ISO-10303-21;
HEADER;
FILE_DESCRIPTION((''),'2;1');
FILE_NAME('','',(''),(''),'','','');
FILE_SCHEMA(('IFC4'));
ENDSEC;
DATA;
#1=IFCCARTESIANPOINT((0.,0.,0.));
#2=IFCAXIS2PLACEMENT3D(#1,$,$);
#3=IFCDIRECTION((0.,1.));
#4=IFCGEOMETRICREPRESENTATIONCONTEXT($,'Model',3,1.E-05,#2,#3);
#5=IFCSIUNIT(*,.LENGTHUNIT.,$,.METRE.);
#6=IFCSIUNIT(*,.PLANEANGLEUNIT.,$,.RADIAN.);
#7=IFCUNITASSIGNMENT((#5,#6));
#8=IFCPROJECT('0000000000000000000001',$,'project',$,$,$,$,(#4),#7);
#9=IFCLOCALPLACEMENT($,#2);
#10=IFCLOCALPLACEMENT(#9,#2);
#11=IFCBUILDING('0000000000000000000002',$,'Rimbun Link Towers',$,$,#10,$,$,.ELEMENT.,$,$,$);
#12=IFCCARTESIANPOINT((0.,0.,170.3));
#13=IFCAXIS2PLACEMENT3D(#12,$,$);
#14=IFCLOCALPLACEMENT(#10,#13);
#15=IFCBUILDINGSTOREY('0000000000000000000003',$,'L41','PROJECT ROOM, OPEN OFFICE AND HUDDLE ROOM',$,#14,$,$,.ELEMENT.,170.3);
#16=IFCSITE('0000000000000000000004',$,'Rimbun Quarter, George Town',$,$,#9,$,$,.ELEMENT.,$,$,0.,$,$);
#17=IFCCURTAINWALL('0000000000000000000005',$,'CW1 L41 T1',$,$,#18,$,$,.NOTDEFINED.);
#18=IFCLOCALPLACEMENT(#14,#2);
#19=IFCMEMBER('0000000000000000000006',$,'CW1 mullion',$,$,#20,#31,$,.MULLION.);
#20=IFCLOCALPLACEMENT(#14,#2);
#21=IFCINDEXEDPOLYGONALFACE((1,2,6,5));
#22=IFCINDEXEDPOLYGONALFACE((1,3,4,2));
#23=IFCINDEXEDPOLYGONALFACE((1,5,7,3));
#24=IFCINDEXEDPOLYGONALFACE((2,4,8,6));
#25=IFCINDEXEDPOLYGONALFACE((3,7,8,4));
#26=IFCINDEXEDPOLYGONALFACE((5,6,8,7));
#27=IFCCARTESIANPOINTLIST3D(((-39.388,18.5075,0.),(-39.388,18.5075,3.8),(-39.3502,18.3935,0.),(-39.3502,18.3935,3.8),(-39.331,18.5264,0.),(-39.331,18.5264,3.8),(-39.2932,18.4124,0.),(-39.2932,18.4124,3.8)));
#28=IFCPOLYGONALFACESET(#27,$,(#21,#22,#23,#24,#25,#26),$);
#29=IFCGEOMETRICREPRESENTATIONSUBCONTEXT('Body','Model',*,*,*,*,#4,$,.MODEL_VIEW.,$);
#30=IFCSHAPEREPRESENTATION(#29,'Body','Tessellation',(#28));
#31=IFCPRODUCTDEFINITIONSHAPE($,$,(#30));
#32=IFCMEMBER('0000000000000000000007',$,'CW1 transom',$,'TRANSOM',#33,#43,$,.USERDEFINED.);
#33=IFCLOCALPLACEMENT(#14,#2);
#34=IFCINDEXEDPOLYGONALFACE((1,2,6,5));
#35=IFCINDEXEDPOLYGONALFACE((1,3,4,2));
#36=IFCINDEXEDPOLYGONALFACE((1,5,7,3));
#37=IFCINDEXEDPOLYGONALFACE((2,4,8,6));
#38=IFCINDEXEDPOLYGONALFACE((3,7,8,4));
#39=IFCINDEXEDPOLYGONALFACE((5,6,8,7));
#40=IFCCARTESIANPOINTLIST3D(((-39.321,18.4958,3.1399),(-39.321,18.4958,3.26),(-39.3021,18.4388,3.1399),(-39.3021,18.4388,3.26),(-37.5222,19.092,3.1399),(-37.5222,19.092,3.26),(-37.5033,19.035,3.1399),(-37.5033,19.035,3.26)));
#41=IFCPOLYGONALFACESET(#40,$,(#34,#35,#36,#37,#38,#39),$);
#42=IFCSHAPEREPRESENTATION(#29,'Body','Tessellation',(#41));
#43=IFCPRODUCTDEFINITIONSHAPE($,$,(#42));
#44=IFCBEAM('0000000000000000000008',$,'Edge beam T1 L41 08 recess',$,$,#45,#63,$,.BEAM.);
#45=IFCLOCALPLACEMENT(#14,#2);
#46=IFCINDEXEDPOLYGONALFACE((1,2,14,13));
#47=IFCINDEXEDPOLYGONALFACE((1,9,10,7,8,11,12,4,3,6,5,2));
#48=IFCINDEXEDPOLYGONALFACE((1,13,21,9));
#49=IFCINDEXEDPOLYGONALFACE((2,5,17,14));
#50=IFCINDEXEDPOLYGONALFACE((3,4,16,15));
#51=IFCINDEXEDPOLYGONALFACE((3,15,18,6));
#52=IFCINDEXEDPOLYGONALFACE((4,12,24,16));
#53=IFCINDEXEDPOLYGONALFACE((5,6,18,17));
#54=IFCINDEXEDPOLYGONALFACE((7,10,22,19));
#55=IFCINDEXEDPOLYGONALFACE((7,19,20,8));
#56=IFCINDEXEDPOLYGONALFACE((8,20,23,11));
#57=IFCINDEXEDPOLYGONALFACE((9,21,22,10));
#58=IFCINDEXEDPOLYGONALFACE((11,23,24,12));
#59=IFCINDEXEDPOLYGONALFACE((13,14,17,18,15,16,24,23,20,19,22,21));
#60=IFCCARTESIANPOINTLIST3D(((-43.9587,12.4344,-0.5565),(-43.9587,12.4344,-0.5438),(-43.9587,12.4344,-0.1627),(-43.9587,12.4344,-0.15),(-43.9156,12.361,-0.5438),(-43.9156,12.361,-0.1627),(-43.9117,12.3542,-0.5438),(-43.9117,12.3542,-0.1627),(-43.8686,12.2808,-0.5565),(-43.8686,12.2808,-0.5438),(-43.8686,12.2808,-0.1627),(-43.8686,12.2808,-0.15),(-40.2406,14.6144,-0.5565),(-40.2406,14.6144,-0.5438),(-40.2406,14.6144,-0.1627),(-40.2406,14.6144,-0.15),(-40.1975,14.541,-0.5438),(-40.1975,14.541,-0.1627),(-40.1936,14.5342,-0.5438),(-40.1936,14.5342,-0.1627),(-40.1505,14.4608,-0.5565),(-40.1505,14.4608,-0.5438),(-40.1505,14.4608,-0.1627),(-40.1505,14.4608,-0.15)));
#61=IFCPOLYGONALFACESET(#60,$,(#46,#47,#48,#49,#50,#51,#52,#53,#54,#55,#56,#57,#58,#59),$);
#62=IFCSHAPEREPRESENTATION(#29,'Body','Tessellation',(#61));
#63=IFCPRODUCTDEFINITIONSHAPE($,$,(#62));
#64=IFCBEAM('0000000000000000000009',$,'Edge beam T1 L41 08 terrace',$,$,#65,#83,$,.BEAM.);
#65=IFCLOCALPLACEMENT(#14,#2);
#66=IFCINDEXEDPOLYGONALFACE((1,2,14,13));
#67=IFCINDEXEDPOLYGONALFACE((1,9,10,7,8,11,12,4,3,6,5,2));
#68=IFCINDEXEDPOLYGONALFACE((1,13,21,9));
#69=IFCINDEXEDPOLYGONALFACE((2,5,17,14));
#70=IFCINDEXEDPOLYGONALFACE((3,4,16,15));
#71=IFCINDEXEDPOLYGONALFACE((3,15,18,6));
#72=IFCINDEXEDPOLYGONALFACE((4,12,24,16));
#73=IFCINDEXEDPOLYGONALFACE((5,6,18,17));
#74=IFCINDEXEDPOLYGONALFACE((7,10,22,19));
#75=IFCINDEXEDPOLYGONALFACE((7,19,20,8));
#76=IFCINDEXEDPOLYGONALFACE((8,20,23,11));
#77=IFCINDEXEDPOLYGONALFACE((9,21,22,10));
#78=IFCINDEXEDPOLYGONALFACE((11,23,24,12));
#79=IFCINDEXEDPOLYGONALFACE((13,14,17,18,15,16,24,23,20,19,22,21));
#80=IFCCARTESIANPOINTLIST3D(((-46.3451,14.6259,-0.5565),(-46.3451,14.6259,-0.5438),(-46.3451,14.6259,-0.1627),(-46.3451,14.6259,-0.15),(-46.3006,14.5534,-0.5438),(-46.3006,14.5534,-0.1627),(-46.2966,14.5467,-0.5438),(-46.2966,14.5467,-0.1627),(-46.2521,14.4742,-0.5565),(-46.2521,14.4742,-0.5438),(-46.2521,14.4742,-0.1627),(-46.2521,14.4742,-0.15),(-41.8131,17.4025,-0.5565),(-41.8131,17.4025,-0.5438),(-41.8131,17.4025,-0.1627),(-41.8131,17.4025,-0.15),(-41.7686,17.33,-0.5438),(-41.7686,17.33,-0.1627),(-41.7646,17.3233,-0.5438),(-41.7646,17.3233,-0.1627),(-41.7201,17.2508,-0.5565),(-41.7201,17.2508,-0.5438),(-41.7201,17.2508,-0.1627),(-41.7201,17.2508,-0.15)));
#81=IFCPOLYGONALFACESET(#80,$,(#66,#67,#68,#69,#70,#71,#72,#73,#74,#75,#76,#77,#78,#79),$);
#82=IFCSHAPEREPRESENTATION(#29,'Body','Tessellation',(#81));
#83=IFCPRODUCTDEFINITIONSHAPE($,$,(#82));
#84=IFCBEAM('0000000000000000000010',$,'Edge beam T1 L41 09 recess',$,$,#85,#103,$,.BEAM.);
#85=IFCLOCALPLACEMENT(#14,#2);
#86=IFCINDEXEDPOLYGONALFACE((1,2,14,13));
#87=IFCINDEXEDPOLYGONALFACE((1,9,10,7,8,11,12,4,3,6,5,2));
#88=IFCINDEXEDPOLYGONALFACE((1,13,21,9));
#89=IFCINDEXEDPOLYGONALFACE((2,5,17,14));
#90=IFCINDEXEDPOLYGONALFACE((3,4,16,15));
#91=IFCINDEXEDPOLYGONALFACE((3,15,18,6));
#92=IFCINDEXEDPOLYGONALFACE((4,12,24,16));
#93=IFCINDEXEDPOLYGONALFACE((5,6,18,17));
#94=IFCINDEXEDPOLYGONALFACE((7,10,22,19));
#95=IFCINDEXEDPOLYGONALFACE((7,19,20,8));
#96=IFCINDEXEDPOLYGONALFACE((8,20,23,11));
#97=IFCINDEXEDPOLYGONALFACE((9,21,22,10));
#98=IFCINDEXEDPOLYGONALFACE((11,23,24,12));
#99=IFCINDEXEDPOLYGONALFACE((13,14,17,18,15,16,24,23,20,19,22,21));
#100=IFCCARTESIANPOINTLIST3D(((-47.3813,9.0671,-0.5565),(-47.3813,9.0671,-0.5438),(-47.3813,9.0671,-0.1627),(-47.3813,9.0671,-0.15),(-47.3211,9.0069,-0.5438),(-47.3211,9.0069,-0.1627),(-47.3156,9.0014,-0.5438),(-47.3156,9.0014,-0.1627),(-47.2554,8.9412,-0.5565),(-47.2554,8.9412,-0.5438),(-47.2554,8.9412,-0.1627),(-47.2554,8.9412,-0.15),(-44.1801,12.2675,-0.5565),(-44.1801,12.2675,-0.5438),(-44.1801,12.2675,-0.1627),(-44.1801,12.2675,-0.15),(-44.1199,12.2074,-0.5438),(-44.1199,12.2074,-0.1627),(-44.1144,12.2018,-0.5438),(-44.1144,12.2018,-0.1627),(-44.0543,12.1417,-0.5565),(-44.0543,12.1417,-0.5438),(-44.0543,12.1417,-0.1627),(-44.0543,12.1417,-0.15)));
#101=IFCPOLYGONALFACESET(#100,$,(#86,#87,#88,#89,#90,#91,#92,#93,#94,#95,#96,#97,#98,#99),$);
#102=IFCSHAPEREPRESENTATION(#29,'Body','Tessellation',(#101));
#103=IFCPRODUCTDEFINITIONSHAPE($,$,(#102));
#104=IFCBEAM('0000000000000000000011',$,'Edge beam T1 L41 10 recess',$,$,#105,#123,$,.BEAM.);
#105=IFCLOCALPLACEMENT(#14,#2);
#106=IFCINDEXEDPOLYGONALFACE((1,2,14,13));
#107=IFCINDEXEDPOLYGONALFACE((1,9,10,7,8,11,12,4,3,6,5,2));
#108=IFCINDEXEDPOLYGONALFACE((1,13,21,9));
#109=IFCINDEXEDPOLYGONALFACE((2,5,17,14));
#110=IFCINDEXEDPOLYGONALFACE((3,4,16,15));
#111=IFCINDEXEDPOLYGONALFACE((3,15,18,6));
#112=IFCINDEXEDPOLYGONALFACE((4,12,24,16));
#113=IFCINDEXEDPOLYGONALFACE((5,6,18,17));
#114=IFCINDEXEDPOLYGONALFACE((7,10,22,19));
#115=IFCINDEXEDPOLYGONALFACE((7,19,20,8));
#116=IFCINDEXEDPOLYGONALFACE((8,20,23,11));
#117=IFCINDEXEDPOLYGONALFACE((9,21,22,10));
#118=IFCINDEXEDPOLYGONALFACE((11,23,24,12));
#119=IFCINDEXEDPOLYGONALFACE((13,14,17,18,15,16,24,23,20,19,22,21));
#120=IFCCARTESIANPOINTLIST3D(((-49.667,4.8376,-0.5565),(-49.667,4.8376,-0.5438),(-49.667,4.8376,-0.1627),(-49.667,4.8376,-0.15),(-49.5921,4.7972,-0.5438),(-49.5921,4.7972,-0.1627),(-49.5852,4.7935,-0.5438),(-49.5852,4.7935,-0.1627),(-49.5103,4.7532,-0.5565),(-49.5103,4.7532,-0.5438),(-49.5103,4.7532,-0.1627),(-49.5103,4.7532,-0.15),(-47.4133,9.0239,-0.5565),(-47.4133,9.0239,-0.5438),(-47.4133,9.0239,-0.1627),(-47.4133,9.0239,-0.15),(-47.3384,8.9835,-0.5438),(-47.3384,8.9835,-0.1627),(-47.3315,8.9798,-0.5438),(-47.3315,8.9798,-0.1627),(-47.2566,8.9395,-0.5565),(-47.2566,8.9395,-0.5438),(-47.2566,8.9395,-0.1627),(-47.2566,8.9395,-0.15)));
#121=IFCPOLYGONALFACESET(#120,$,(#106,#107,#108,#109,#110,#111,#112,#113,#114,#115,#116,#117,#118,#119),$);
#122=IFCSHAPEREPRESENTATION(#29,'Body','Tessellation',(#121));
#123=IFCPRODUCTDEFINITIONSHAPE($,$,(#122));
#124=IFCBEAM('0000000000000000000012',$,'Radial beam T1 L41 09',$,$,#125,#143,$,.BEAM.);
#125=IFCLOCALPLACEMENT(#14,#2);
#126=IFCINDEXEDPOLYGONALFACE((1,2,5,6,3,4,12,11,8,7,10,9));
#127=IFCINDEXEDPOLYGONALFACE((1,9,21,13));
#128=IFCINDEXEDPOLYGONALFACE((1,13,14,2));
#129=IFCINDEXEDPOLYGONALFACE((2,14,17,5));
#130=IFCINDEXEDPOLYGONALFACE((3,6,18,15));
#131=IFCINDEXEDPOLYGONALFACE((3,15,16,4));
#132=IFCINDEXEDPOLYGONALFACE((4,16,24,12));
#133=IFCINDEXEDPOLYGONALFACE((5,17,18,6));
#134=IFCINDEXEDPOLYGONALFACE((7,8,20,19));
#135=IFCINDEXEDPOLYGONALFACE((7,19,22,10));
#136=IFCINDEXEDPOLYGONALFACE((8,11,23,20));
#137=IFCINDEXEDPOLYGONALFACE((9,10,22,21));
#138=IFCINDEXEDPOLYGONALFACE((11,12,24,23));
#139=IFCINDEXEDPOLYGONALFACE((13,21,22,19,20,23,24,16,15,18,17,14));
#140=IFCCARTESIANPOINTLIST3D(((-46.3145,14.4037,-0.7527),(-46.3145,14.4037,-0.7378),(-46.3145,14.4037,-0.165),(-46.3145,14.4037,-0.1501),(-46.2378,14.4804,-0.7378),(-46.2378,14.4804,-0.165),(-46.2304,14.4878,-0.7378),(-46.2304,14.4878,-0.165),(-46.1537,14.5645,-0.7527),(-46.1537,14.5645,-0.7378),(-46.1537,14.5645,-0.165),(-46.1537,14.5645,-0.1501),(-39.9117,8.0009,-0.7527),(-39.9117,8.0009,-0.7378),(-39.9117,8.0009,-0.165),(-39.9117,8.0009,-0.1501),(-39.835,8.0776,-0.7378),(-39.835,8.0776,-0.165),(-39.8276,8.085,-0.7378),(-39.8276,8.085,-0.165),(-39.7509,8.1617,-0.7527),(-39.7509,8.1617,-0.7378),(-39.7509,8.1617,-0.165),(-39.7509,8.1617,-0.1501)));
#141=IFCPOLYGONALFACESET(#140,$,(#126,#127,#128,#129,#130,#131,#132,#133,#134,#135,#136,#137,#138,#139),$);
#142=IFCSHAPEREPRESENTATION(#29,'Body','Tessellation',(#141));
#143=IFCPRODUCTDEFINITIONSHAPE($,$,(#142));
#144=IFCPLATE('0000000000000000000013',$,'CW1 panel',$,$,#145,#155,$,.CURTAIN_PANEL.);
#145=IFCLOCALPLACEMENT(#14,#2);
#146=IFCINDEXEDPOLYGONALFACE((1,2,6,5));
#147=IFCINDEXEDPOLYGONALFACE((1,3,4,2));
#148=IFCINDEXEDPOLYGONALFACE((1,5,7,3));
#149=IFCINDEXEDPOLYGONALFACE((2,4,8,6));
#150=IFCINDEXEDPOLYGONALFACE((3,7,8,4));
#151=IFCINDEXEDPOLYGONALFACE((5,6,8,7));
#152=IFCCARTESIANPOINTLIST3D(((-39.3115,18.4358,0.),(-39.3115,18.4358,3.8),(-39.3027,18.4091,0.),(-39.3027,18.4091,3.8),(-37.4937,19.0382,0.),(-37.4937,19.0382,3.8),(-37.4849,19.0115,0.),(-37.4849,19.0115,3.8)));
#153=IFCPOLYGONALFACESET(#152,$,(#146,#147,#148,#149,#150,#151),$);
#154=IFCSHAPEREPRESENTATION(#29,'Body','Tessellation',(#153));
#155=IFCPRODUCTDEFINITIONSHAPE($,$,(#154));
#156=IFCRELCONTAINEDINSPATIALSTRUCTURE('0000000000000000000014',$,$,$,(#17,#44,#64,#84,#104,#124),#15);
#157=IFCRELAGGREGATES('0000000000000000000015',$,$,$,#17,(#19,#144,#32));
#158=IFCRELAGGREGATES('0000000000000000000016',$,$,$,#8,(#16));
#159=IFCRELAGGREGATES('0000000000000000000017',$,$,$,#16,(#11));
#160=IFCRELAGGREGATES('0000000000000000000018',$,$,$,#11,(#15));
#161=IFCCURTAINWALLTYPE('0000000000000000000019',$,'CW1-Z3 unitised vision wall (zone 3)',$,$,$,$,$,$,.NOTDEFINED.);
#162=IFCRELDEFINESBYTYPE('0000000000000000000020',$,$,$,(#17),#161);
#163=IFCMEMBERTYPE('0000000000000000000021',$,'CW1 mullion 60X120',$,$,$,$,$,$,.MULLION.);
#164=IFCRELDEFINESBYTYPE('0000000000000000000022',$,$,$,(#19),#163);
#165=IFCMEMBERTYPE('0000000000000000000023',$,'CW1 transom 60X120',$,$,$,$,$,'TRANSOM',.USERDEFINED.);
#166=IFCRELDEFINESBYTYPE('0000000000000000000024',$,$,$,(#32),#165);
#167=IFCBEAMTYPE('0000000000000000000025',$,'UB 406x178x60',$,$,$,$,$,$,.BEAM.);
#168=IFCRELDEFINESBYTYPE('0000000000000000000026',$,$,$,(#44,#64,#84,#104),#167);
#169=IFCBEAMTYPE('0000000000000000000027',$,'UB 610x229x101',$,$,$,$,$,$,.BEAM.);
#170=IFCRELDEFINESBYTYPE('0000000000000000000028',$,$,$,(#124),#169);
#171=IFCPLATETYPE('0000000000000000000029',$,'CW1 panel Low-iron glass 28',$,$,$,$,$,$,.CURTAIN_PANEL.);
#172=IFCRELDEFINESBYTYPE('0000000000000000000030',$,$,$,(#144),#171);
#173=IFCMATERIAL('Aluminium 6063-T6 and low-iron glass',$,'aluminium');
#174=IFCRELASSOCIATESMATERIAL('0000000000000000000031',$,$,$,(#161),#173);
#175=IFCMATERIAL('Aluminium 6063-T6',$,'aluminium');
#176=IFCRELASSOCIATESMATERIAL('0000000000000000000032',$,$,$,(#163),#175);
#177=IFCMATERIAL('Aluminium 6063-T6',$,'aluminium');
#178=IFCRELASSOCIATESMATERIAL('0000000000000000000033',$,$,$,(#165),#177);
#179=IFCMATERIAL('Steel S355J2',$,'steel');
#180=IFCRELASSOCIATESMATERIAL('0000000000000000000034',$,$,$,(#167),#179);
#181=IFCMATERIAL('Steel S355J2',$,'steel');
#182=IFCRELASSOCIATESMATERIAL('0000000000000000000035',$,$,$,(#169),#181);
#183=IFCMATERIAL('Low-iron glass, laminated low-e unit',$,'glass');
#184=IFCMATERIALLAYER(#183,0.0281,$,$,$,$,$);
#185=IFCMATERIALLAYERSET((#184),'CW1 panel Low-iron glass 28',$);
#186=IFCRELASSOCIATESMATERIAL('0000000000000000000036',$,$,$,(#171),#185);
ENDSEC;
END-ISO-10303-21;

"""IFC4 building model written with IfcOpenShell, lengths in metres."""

from ifc_helpers import new_model, si_unit, direction, frame, origin, origin_2d, place, context, subcontext, project, spatial, rectangle, i_section, extrude, material, layer, layer_set, material_profile, profile_set, type_object, element, aggregate, save


model = new_model("IFC4")

# Units and contexts
model_context = context("Model", 3, precision=1e-05, world=origin(), true_north=direction((0.0, 1.0)))
body_context = subcontext(model_context, "Body", "Model", "MODEL_VIEW")
ifc_project = project(units=[si_unit("LENGTHUNIT", "METRE"), si_unit("PLANEANGLEUNIT", "RADIAN")], contexts=[model_context])

# Site, building, storey
site_placement = place(None, origin())
site = spatial("IfcSite", under=ifc_project, at=site_placement, Name="Rimbun Quarter, George Town", CompositionType="ELEMENT", RefElevation=0.0)
building_placement = place(site_placement, origin())
building = spatial("IfcBuilding", under=site, at=building_placement, Name="Rimbun Link Towers", CompositionType="ELEMENT")
storey_placement = place(building_placement, frame((0.0, 0.0, 170.3)))
storey = spatial("IfcBuildingStorey", under=building, at=storey_placement, Name="L41", Description="PROJECT ROOM, OPEN OFFICE AND HUDDLE ROOM", CompositionType="ELEMENT", Elevation=170.3)

# Curtain wall, members
ifc_material_1 = material(Name="Aluminium 6063-T6 and low-iron glass", Category="aluminium")
curtain_wall_type = type_object("IfcCurtainWallType", Name="CW1-Z3 unitised vision wall (zone 3)", PredefinedType="NOTDEFINED", material=ifc_material_1)
curtain_wall_placement = place(storey_placement, origin())
curtain_wall = element("IfcCurtainWall", 1, at=curtain_wall_placement, inside=storey, type_object=curtain_wall_type, Name="CW1 L41 T1", PredefinedType="NOTDEFINED")
ifc_material_2 = material(Name="Aluminium 6063-T6", Category="aluminium")
ifc_material_profile_1 = material_profile(ifc_material_2, rectangle(XDim=0.1201, YDim=0.0601, at=origin_2d()), Name="MULLION 60X120")
ifc_profile_set_1 = profile_set([ifc_material_profile_1], Name="Aluminium 6063-T6")
member_type_1 = type_object("IfcMemberType", Name="CW1 mullion 60X120", PredefinedType="MULLION", material=ifc_profile_set_1)
member_1_placement = place(storey_placement, frame((-39.3406, 18.46, 0.0), z_axis=(0.0, 0.0, 1.0), x_axis=(-0.31456, 0.949237, 0.0)))
member_1 = element("IfcMember", 2, at=member_1_placement, type_object=member_type_1, Name="CW1 mullion", PredefinedType="MULLION", context=body_context, shape_type="SweptSolid", body=[
    extrude(rectangle(XDim=0.1201, YDim=0.0601, at=origin_2d()), origin(), (0.0, 0.0, 1.0), 3.8),
])
ifc_material_3 = material(Name="Aluminium 6063-T6", Category="aluminium")
ifc_material_profile_2 = material_profile(ifc_material_3, rectangle(XDim=0.0601, YDim=0.1201, at=origin_2d()), Name="TRANSOM 60X120")
ifc_profile_set_2 = profile_set([ifc_material_profile_2], Name="Aluminium 6063-T6")
member_type_2 = type_object("IfcMemberType", Name="CW1 transom 60X120", ElementType="TRANSOM", PredefinedType="USERDEFINED", material=ifc_profile_set_2)
member_2_placement = place(storey_placement, frame((-39.3115, 18.4673, 3.2), z_axis=(0.949223, 0.314604, 0.0), x_axis=(-0.314604, 0.949223, 0.0)))
member_2 = element("IfcMember", 3, at=member_2_placement, type_object=member_type_2, Name="CW1 transom", ObjectType="TRANSOM", PredefinedType="USERDEFINED", context=body_context, shape_type="SweptSolid", body=[
    extrude(rectangle(XDim=0.0601, YDim=0.1201, at=origin_2d()), origin(), (0.0, 0.0, 1.0), 1.895),
])

# Beams
ifc_material_4 = material(Name="Steel S355J2", Category="steel")
ifc_material_profile_3 = material_profile(ifc_material_4, i_section(OverallWidth=0.178, OverallDepth=0.4065, WebThickness=0.0078, FlangeThickness=0.0127, at=origin_2d()), Name="UB 406x178x60")
ifc_profile_set_3 = profile_set([ifc_material_profile_3], Name="Steel S355J2")
beam_type_1 = type_object("IfcBeamType", Name="UB 406x178x60", PredefinedType="BEAM", material=ifc_profile_set_3)
beam_1_placement = place(storey_placement, frame((-40.1956, 14.5376, -0.3533), z_axis=(-0.862657, -0.505789, 0.0), x_axis=(0.505789, -0.862657, 0.0)))
element("IfcBeam", 4, at=beam_1_placement, inside=storey, type_object=beam_type_1, Name="Edge beam T1 L41 08 recess", PredefinedType="BEAM", context=body_context, shape_type="SweptSolid", body=[
    extrude(i_section(OverallWidth=0.178, OverallDepth=0.4065, WebThickness=0.0078, FlangeThickness=0.0127, at=origin_2d()), origin(), (0.0, 0.0, 1.0), 4.3101),
])
beam_2_placement = place(storey_placement, frame((-41.7666, 17.3267, -0.3533), z_axis=(-0.85269, -0.522418, 0.0), x_axis=(0.522418, -0.85269, 0.0)))
element("IfcBeam", 5, at=beam_2_placement, inside=storey, type_object=beam_type_1, Name="Edge beam T1 L41 08 terrace", PredefinedType="BEAM", context=body_context, shape_type="SweptSolid", body=[
    extrude(i_section(OverallWidth=0.178, OverallDepth=0.4065, WebThickness=0.0078, FlangeThickness=0.0127, at=origin_2d()), origin(), (0.0, 0.0, 1.0), 5.3149),
])
beam_3_placement = place(storey_placement, frame((-44.1172, 12.2046, -0.3533), z_axis=(-0.707188, -0.707026, 0.0), x_axis=(0.707026, -0.707188, 0.0)))
element("IfcBeam", 6, at=beam_3_placement, inside=storey, type_object=beam_type_1, Name="Edge beam T1 L41 09 recess", PredefinedType="BEAM", context=body_context, shape_type="SweptSolid", body=[
    extrude(i_section(OverallWidth=0.178, OverallDepth=0.4065, WebThickness=0.0078, FlangeThickness=0.0127, at=origin_2d()), origin(), (0.0, 0.0, 1.0), 4.5266),
])
beam_4_placement = place(storey_placement, frame((-47.335, 8.9817, -0.3533), z_axis=(-0.47402, -0.880514, 0.0), x_axis=(0.880514, -0.47402, 0.0)))
element("IfcBeam", 7, at=beam_4_placement, inside=storey, type_object=beam_type_1, Name="Edge beam T1 L41 10 recess", PredefinedType="BEAM", context=body_context, shape_type="SweptSolid", body=[
    extrude(i_section(OverallWidth=0.178, OverallDepth=0.4065, WebThickness=0.0078, FlangeThickness=0.0127, at=origin_2d()), origin(), (0.0, 0.0, 1.0), 4.7544),
])
ifc_material_5 = material(Name="Steel S355J2", Category="steel")
ifc_material_profile_4 = material_profile(ifc_material_5, i_section(OverallWidth=0.2275, OverallDepth=0.6025, WebThickness=0.0105, FlangeThickness=0.0149, at=origin_2d()), Name="UB 610x229x101")
ifc_profile_set_4 = profile_set([ifc_material_profile_4], Name="Steel S355J2")
beam_type_2 = type_object("IfcBeamType", Name="UB 610x229x101", PredefinedType="BEAM", material=ifc_profile_set_4)
beam_5_placement = place(storey_placement, frame((-39.8313, 8.0813, -0.4514), z_axis=(-0.707107, 0.707107, 0.0), x_axis=(-0.707107, -0.707107, 0.0)))
element("IfcBeam", 8, at=beam_5_placement, inside=storey, type_object=beam_type_2, Name="Radial beam T1 L41 09", PredefinedType="BEAM", context=body_context, shape_type="SweptSolid", body=[
    extrude(i_section(OverallWidth=0.2275, OverallDepth=0.6025, WebThickness=0.0105, FlangeThickness=0.0149, at=origin_2d()), origin(), (0.0, 0.0, 1.0), 9.0549),
])

# Plate
ifc_material_6 = material(Name="Low-iron glass, laminated low-e unit", Category="glass")
ifc_layer_1 = layer(ifc_material_6, 0.0281)
ifc_layer_set_1 = layer_set([ifc_layer_1], Name="CW1 panel Low-iron glass 28")
plate_type = type_object("IfcPlateType", Name="CW1 panel Low-iron glass 28", PredefinedType="CURTAIN_PANEL", material=ifc_layer_set_1)
plate_placement = place(storey_placement, frame((-38.3982, 18.7236, 0.0), z_axis=(0.0, 0.0, 1.0), x_axis=(0.949237, 0.31456, 0.0)))
plate = element("IfcPlate", 9, at=plate_placement, type_object=plate_type, Name="CW1 panel", PredefinedType="CURTAIN_PANEL", context=body_context, shape_type="SweptSolid", body=[
    extrude(rectangle(XDim=1.915, YDim=0.0281, at=origin_2d()), origin(), (0.0, 0.0, 1.0), 3.8),
])
aggregate(curtain_wall, [member_1, plate, member_2])

save(model, "model.ifc")
